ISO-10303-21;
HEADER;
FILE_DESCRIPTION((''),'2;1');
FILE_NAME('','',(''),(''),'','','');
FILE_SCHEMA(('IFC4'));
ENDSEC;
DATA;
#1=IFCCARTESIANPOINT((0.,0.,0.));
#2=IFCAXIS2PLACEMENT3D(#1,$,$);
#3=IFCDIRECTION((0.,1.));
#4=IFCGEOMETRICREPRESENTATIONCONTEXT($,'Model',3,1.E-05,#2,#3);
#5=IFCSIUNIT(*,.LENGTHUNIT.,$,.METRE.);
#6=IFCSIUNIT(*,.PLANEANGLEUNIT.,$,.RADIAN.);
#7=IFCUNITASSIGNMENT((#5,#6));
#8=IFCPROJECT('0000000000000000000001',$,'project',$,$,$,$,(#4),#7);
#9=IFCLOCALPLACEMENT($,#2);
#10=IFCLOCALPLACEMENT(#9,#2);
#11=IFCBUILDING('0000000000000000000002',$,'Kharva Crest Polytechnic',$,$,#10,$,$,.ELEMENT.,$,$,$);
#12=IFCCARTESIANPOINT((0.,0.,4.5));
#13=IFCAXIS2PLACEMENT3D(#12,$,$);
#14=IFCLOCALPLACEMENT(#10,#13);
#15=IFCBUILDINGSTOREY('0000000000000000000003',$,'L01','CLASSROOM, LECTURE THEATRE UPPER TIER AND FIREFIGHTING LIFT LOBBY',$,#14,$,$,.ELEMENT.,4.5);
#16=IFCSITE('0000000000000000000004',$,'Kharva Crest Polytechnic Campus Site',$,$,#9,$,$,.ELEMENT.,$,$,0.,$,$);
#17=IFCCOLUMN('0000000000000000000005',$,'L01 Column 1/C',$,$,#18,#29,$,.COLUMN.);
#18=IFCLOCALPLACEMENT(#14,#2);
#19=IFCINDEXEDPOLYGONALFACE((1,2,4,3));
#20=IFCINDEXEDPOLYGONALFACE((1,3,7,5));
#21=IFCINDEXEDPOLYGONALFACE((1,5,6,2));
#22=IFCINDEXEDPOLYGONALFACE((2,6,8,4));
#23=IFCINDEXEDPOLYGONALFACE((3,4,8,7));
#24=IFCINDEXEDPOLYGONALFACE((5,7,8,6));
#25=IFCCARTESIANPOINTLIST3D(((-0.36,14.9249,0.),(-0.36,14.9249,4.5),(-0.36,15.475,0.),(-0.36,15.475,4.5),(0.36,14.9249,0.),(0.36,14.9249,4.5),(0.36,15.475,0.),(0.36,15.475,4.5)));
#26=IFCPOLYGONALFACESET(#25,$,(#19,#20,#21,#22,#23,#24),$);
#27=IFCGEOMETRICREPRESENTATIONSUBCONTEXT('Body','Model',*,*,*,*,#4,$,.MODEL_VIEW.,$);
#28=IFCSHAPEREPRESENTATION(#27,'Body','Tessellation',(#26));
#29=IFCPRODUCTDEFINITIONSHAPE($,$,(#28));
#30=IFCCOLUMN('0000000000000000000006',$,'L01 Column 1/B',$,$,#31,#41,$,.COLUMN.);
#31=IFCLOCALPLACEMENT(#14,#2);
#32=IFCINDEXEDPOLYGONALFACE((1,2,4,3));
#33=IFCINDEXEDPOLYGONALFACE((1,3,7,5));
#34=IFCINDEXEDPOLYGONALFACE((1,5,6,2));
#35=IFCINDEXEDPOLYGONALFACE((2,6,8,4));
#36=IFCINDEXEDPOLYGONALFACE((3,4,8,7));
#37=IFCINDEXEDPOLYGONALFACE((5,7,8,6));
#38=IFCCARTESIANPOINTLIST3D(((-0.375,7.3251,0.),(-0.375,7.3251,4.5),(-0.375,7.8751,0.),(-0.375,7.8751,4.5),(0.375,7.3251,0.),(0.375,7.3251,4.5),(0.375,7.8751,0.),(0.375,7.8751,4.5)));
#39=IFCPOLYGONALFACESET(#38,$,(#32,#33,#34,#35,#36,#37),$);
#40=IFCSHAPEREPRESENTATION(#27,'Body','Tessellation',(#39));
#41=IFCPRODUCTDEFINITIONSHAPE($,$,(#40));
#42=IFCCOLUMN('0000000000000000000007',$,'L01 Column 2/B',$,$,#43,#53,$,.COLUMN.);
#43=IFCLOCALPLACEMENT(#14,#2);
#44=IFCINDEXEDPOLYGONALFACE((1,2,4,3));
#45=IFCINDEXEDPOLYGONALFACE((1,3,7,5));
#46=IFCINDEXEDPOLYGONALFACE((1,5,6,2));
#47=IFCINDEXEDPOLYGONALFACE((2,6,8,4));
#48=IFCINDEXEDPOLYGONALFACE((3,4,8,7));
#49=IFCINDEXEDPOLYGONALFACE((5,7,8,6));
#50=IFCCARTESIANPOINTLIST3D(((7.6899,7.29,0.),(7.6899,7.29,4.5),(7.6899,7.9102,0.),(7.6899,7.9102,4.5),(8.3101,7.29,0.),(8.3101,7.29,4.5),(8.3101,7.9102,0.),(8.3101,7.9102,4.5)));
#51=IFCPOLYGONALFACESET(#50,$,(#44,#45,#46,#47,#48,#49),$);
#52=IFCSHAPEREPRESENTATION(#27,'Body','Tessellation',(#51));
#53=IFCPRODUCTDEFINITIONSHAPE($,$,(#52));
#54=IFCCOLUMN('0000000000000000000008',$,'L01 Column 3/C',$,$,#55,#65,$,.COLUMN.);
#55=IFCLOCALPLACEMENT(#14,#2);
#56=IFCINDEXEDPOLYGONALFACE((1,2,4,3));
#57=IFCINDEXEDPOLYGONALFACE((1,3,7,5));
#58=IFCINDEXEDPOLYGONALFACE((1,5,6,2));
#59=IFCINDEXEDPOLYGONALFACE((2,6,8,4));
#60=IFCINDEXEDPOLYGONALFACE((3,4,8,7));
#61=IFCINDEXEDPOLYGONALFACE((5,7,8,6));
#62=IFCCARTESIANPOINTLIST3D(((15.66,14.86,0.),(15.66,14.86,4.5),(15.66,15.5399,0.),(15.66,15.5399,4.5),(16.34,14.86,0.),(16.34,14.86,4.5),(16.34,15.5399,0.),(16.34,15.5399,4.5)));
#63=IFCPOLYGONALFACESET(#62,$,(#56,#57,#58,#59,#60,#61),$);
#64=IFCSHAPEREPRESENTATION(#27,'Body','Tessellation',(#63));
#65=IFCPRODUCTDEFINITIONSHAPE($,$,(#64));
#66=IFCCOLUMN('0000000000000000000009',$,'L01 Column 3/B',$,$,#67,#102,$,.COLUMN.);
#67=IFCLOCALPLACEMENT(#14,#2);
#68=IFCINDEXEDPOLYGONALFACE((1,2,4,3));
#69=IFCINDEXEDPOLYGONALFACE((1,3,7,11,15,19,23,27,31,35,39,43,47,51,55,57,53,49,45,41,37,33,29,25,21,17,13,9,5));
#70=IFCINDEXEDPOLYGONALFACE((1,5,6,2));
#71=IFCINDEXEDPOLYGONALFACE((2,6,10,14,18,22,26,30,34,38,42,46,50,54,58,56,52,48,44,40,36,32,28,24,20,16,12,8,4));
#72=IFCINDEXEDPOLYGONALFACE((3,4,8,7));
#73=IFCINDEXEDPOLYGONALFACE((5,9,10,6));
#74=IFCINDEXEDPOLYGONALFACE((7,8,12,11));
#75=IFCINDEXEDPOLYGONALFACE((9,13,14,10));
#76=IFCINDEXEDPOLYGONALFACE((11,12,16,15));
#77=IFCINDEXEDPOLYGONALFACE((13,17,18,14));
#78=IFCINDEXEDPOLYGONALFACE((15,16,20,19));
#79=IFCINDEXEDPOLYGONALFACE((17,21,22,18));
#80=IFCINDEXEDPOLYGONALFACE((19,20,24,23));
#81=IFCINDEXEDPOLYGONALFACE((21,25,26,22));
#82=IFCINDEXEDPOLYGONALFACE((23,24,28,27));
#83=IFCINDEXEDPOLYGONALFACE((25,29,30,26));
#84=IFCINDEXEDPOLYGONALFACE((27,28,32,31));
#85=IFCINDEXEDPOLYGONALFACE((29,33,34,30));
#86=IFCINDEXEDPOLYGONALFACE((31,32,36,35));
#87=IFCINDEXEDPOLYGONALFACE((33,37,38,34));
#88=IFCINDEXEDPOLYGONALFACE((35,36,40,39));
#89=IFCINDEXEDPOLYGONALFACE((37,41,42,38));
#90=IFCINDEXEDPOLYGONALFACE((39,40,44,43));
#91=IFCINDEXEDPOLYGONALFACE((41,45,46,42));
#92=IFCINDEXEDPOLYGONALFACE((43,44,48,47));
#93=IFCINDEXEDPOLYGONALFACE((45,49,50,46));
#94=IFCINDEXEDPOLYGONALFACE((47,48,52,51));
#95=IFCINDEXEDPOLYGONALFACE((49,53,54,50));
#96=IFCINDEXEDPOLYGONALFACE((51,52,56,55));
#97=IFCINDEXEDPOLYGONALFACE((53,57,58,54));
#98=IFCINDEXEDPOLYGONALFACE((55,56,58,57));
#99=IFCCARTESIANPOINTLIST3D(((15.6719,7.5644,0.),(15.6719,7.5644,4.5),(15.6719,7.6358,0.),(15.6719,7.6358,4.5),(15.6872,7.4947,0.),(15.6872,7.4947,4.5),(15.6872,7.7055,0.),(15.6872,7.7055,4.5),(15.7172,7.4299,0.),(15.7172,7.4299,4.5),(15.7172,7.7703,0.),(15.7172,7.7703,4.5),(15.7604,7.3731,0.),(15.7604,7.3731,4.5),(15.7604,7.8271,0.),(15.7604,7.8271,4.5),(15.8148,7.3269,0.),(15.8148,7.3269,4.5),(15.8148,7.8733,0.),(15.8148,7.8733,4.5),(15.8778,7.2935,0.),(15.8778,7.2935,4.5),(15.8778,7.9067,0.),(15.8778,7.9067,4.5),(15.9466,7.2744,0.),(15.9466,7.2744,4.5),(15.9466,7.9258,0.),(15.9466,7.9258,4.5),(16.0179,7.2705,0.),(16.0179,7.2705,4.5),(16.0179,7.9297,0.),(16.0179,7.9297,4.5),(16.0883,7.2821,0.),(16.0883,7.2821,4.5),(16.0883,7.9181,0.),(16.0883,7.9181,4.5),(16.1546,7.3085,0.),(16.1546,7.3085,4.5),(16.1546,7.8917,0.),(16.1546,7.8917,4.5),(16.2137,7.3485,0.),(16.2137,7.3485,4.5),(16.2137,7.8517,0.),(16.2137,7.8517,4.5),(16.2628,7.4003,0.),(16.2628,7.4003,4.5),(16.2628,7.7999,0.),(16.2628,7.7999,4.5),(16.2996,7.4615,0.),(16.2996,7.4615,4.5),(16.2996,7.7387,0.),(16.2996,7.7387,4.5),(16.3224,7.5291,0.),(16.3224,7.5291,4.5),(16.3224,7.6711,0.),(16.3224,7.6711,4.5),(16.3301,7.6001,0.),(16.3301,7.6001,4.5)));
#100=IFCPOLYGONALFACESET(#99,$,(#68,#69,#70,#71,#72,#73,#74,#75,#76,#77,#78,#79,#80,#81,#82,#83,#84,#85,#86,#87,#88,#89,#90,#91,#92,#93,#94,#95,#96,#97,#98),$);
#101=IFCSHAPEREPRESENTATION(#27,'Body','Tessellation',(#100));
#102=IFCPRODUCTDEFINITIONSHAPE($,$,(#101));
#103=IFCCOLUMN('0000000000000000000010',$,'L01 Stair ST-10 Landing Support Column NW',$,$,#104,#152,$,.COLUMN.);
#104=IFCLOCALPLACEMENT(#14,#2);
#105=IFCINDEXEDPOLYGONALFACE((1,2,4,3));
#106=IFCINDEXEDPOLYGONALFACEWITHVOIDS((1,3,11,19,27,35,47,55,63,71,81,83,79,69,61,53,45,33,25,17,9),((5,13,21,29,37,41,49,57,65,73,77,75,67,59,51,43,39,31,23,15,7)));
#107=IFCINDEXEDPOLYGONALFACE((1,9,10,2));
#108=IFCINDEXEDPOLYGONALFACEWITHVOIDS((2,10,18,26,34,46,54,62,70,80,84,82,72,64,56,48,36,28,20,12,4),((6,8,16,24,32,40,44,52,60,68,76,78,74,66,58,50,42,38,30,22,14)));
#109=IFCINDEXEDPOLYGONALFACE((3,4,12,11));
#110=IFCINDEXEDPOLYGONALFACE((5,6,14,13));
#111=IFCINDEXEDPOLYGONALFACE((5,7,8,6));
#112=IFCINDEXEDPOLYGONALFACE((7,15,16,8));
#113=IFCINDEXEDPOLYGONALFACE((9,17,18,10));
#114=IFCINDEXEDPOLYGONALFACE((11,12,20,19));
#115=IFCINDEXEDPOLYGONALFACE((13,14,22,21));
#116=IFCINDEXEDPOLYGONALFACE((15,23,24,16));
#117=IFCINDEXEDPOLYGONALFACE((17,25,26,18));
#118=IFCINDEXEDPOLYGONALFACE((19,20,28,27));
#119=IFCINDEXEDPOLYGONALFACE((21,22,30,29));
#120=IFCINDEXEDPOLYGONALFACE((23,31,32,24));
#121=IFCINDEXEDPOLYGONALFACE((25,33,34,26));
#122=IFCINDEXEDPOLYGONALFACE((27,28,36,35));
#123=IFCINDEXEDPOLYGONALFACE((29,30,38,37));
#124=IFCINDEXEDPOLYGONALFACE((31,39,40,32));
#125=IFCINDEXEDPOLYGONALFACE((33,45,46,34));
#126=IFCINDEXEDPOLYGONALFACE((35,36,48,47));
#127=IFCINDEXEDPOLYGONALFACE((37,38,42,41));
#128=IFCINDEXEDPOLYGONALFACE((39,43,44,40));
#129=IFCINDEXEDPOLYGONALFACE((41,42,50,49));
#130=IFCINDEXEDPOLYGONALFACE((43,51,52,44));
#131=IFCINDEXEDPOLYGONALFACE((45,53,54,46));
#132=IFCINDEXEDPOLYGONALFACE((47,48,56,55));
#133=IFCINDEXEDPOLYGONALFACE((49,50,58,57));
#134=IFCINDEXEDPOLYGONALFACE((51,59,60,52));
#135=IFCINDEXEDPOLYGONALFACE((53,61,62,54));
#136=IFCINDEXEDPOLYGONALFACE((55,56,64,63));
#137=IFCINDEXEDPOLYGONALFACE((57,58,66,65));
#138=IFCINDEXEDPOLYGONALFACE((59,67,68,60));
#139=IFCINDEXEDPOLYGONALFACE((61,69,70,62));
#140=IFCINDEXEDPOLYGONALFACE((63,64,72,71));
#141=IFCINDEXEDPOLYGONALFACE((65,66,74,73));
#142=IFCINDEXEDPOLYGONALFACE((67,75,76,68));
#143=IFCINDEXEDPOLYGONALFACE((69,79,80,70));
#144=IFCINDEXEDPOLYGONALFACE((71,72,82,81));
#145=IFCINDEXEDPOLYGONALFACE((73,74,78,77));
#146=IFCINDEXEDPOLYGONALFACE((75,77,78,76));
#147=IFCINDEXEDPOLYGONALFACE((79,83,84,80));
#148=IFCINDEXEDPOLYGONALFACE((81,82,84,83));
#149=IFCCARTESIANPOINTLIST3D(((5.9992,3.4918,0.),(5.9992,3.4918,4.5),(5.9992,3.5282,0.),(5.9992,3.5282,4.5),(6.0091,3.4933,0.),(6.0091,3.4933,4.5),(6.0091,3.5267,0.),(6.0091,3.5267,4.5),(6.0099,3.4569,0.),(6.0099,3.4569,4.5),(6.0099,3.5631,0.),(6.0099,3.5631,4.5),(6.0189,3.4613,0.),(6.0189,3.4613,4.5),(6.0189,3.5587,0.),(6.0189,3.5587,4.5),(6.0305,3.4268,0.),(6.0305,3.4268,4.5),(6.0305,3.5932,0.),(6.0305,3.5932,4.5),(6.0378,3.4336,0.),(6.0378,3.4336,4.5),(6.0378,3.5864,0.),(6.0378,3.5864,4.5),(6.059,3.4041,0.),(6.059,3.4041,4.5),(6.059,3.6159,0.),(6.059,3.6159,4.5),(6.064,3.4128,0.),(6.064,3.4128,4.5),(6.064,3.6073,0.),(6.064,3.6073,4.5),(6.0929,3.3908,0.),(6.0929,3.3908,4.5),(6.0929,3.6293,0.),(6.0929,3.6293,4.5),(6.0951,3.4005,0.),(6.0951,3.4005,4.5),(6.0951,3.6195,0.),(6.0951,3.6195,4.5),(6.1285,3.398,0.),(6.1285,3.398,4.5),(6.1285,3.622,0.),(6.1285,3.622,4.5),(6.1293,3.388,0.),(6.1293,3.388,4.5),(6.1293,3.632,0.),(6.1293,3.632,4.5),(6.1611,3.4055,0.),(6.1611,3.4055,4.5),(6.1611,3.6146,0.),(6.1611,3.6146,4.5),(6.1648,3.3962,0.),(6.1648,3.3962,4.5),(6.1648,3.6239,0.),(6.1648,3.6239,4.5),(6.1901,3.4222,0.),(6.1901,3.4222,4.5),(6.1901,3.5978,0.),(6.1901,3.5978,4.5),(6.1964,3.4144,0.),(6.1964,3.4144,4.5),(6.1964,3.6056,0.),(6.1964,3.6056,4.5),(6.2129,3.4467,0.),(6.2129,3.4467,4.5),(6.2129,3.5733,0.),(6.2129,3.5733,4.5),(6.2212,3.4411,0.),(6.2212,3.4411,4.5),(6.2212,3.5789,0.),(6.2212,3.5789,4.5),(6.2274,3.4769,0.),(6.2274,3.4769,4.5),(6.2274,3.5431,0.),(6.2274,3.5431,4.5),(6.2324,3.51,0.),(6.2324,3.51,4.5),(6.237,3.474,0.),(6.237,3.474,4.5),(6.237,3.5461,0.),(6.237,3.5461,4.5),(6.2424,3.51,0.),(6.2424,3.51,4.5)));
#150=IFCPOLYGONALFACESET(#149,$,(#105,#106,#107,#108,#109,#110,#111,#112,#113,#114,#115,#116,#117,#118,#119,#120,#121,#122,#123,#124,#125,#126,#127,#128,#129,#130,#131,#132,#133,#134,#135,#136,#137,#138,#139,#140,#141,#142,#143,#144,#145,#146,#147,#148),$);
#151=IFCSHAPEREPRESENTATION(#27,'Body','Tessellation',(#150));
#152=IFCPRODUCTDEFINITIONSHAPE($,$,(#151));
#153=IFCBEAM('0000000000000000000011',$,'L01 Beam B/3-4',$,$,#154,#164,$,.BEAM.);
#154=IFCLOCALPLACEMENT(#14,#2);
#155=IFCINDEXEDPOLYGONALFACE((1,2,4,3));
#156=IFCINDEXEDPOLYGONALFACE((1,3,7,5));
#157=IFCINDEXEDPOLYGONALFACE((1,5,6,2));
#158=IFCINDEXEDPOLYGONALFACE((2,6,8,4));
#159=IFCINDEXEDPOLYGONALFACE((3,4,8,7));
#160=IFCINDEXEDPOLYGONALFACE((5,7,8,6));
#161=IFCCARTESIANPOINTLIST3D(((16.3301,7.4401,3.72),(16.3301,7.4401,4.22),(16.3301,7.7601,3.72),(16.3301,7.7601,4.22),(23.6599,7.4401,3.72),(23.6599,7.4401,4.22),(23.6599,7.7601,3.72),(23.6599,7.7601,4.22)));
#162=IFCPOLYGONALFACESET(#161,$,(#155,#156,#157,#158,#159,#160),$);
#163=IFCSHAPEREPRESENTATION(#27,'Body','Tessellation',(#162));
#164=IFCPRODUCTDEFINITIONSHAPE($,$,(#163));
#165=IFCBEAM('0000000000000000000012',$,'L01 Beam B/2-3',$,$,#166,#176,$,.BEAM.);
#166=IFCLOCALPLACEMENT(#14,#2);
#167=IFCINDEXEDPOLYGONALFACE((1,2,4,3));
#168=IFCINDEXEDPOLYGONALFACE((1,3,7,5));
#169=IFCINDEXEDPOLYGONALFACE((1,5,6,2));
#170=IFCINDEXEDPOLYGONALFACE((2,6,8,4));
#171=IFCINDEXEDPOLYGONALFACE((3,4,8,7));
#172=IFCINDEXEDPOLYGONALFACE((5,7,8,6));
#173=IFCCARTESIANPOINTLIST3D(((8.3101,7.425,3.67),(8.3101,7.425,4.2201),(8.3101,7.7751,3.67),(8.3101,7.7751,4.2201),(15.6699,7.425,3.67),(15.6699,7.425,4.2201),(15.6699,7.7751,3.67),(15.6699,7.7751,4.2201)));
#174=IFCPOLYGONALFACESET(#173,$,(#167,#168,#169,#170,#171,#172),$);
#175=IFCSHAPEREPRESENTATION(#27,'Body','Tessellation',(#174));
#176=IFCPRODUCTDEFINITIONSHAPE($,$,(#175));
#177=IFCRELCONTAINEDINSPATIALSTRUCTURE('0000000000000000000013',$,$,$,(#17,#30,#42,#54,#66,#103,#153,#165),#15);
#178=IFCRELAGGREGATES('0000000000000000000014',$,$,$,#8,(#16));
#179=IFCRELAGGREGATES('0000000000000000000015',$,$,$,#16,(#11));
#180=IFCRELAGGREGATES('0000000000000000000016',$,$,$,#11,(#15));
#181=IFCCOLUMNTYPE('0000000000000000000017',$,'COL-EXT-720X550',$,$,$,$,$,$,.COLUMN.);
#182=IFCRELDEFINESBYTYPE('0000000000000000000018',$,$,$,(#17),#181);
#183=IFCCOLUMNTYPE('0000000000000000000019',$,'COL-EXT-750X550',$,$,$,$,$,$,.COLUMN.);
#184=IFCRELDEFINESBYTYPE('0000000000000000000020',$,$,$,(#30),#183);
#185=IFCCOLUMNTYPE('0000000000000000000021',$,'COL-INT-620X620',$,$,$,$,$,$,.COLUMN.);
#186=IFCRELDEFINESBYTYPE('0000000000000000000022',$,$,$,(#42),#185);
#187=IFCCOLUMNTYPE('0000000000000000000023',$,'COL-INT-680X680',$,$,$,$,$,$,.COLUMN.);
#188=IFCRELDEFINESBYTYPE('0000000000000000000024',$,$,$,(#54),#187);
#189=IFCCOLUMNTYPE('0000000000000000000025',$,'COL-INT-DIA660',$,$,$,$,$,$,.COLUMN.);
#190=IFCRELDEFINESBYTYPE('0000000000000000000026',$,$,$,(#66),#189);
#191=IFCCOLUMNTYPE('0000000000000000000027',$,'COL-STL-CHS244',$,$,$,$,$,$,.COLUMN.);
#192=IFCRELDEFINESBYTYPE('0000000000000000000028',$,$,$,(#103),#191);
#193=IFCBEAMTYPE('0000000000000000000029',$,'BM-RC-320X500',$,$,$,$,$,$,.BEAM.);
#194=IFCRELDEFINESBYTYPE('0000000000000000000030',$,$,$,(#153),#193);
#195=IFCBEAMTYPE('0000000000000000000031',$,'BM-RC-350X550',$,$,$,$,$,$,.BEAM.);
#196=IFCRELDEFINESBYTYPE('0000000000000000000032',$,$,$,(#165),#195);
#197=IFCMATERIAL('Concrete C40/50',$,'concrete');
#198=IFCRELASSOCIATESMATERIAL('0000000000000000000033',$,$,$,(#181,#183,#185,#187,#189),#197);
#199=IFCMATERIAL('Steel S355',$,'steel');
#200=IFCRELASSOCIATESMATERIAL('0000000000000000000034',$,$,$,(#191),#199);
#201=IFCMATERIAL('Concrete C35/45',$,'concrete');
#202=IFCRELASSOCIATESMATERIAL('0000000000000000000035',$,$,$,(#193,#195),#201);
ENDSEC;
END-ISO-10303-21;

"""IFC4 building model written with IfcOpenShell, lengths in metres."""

from ifc_helpers import new_model, si_unit, direction, frame, origin, origin_2d, place, context, subcontext, project, spatial, rectangle, circle, hollow_circle, extrude, material, material_profile, profile_set, type_object, element, save


model = new_model("IFC4")

# Units and contexts
model_context = context("Model", 3, precision=1e-05, world=origin(), true_north=direction((0.0, 1.0)))
body_context = subcontext(model_context, "Body", "Model", "MODEL_VIEW")
ifc_project = project(units=[si_unit("LENGTHUNIT", "METRE"), si_unit("PLANEANGLEUNIT", "RADIAN")], contexts=[model_context])

# Site, building, storey
site_placement = place(None, origin())
site = spatial("IfcSite", under=ifc_project, at=site_placement, Name="Kharva Crest Polytechnic Campus Site", CompositionType="ELEMENT", RefElevation=0.0)
building_placement = place(site_placement, origin())
building = spatial("IfcBuilding", under=site, at=building_placement, Name="Kharva Crest Polytechnic", CompositionType="ELEMENT")
storey_placement = place(building_placement, frame((0.0, 0.0, 4.5)))
storey = spatial("IfcBuildingStorey", under=building, at=storey_placement, Name="L01", Description="CLASSROOM, LECTURE THEATRE UPPER TIER AND FIREFIGHTING LIFT LOBBY", CompositionType="ELEMENT", Elevation=4.5)

# Columns
ifc_material_1 = material(Name="Concrete C40/50", Category="concrete")
ifc_material_profile_1 = material_profile(ifc_material_1, rectangle(XDim=0.72, YDim=0.55, at=origin_2d()), Name="RECT 720 X 550")
ifc_profile_set_1 = profile_set([ifc_material_profile_1], Name="Concrete C40/50")
column_type_1 = type_object("IfcColumnType", Name="COL-EXT-720X550", PredefinedType="COLUMN", material=ifc_profile_set_1)
column_1_placement = place(storey_placement, frame((0.0, 15.2, 0.0), z_axis=(0.0, 0.0, 1.0), x_axis=(1.0, 0.0, 0.0)))
element("IfcColumn", 1, at=column_1_placement, inside=storey, type_object=column_type_1, Name="L01 Column 1/C", PredefinedType="COLUMN", context=body_context, shape_type="SweptSolid", body=[
    extrude(rectangle(XDim=0.72, YDim=0.55, at=origin_2d()), origin(), (0.0, 0.0, 1.0), 4.5),
])
ifc_material_profile_2 = material_profile(ifc_material_1, rectangle(XDim=0.75, YDim=0.55, at=origin_2d()), Name="RECT 750 X 550")
ifc_profile_set_2 = profile_set([ifc_material_profile_2], Name="Concrete C40/50")
column_type_2 = type_object("IfcColumnType", Name="COL-EXT-750X550", PredefinedType="COLUMN", material=ifc_profile_set_2)
column_2_placement = place(storey_placement, frame((0.0, 7.6001, 0.0), z_axis=(0.0, 0.0, 1.0), x_axis=(1.0, 0.0, 0.0)))
element("IfcColumn", 2, at=column_2_placement, inside=storey, type_object=column_type_2, Name="L01 Column 1/B", PredefinedType="COLUMN", context=body_context, shape_type="SweptSolid", body=[
    extrude(rectangle(XDim=0.75, YDim=0.55, at=origin_2d()), origin(), (0.0, 0.0, 1.0), 4.5),
])
ifc_material_profile_3 = material_profile(ifc_material_1, rectangle(XDim=0.6201, YDim=0.6201, at=origin_2d()), Name="RECT 620 X 620")
ifc_profile_set_3 = profile_set([ifc_material_profile_3], Name="Concrete C40/50")
column_type_3 = type_object("IfcColumnType", Name="COL-INT-620X620", PredefinedType="COLUMN", material=ifc_profile_set_3)
column_3_placement = place(storey_placement, frame((8.0, 7.6001, 0.0), z_axis=(0.0, 0.0, 1.0), x_axis=(1.0, 0.0, 0.0)))
element("IfcColumn", 3, at=column_3_placement, inside=storey, type_object=column_type_3, Name="L01 Column 2/B", PredefinedType="COLUMN", context=body_context, shape_type="SweptSolid", body=[
    extrude(rectangle(XDim=0.6201, YDim=0.6201, at=origin_2d()), origin(), (0.0, 0.0, 1.0), 4.5),
])
ifc_material_profile_4 = material_profile(ifc_material_1, rectangle(XDim=0.6799, YDim=0.6799, at=origin_2d()), Name="RECT 680 X 680")
ifc_profile_set_4 = profile_set([ifc_material_profile_4], Name="Concrete C40/50")
column_type_4 = type_object("IfcColumnType", Name="COL-INT-680X680", PredefinedType="COLUMN", material=ifc_profile_set_4)
column_4_placement = place(storey_placement, frame((16.0, 15.2, 0.0), z_axis=(0.0, 0.0, 1.0), x_axis=(1.0, 0.0, 0.0)))
element("IfcColumn", 4, at=column_4_placement, inside=storey, type_object=column_type_4, Name="L01 Column 3/C", PredefinedType="COLUMN", context=body_context, shape_type="SweptSolid", body=[
    extrude(rectangle(XDim=0.6799, YDim=0.6799, at=origin_2d()), origin(), (0.0, 0.0, 1.0), 4.5),
])
ifc_material_profile_5 = material_profile(ifc_material_1, circle(Radius=0.3301, at=origin_2d()), Name="DIA 660")
ifc_profile_set_5 = profile_set([ifc_material_profile_5], Name="Concrete C40/50")
column_type_5 = type_object("IfcColumnType", Name="COL-INT-DIA660", PredefinedType="COLUMN", material=ifc_profile_set_5)
column_5_placement = place(storey_placement, frame((16.0, 7.6001, 0.0), z_axis=(0.0, 0.0, 1.0), x_axis=(1.0, 0.0, 0.0)))
element("IfcColumn", 5, at=column_5_placement, inside=storey, type_object=column_type_5, Name="L01 Column 3/B", PredefinedType="COLUMN", context=body_context, shape_type="SweptSolid", body=[
    extrude(circle(Radius=0.3301, at=origin_2d()), origin(), (0.0, 0.0, 1.0), 4.5),
])
ifc_material_2 = material(Name="Steel S355", Category="steel")
ifc_material_profile_6 = material_profile(ifc_material_2, hollow_circle(Radius=0.1223, WallThickness=0.01, at=origin_2d()), Name="CHS 244.5X10.0")
ifc_profile_set_6 = profile_set([ifc_material_profile_6], Name="Steel S355")
column_type_6 = type_object("IfcColumnType", Name="COL-STL-CHS244", PredefinedType="COLUMN", material=ifc_profile_set_6)
column_6_placement = place(storey_placement, frame((6.1201, 3.51, 0.0), z_axis=(0.0, 0.0, 1.0), x_axis=(1.0, 0.0, 0.0)))
element("IfcColumn", 6, at=column_6_placement, inside=storey, type_object=column_type_6, Name="L01 Stair ST-10 Landing Support Column NW", PredefinedType="COLUMN", context=body_context, shape_type="SweptSolid", body=[
    extrude(hollow_circle(Radius=0.1223, WallThickness=0.01, at=origin_2d()), origin(), (0.0, 0.0, 1.0), 4.5),
])

# Beams
ifc_material_3 = material(Name="Concrete C35/45", Category="concrete")
ifc_material_profile_7 = material_profile(ifc_material_3, rectangle(XDim=0.3201, YDim=0.5, at=origin_2d()), Name="RECT 320 X 500")
ifc_profile_set_7 = profile_set([ifc_material_profile_7], Name="Concrete C35/45")
beam_type_1 = type_object("IfcBeamType", Name="BM-RC-320X500", PredefinedType="BEAM", material=ifc_profile_set_7)
beam_1_placement = place(storey_placement, frame((16.3301, 7.6001, 3.97), z_axis=(1.0, 0.0, 0.0), x_axis=(0.0, 1.0, 0.0)))
element("IfcBeam", 7, at=beam_1_placement, inside=storey, type_object=beam_type_1, Name="L01 Beam B/3-4", PredefinedType="BEAM", context=body_context, shape_type="SweptSolid", body=[
    extrude(rectangle(XDim=0.3201, YDim=0.5, at=origin_2d()), origin(), (0.0, 0.0, 1.0), 7.3298),
])
ifc_material_profile_8 = material_profile(ifc_material_3, rectangle(XDim=0.3501, YDim=0.55, at=origin_2d()), Name="RECT 350 X 550")
ifc_profile_set_8 = profile_set([ifc_material_profile_8], Name="Concrete C35/45")
beam_type_2 = type_object("IfcBeamType", Name="BM-RC-350X550", PredefinedType="BEAM", material=ifc_profile_set_8)
beam_2_placement = place(storey_placement, frame((8.3101, 7.6001, 3.9451), z_axis=(1.0, 0.0, 0.0), x_axis=(0.0, 1.0, 0.0)))
element("IfcBeam", 8, at=beam_2_placement, inside=storey, type_object=beam_type_2, Name="L01 Beam B/2-3", PredefinedType="BEAM", context=body_context, shape_type="SweptSolid", body=[
    extrude(rectangle(XDim=0.3501, YDim=0.55, at=origin_2d()), origin(), (0.0, 0.0, 1.0), 7.3599),
])

save(model, "model.ifc")
